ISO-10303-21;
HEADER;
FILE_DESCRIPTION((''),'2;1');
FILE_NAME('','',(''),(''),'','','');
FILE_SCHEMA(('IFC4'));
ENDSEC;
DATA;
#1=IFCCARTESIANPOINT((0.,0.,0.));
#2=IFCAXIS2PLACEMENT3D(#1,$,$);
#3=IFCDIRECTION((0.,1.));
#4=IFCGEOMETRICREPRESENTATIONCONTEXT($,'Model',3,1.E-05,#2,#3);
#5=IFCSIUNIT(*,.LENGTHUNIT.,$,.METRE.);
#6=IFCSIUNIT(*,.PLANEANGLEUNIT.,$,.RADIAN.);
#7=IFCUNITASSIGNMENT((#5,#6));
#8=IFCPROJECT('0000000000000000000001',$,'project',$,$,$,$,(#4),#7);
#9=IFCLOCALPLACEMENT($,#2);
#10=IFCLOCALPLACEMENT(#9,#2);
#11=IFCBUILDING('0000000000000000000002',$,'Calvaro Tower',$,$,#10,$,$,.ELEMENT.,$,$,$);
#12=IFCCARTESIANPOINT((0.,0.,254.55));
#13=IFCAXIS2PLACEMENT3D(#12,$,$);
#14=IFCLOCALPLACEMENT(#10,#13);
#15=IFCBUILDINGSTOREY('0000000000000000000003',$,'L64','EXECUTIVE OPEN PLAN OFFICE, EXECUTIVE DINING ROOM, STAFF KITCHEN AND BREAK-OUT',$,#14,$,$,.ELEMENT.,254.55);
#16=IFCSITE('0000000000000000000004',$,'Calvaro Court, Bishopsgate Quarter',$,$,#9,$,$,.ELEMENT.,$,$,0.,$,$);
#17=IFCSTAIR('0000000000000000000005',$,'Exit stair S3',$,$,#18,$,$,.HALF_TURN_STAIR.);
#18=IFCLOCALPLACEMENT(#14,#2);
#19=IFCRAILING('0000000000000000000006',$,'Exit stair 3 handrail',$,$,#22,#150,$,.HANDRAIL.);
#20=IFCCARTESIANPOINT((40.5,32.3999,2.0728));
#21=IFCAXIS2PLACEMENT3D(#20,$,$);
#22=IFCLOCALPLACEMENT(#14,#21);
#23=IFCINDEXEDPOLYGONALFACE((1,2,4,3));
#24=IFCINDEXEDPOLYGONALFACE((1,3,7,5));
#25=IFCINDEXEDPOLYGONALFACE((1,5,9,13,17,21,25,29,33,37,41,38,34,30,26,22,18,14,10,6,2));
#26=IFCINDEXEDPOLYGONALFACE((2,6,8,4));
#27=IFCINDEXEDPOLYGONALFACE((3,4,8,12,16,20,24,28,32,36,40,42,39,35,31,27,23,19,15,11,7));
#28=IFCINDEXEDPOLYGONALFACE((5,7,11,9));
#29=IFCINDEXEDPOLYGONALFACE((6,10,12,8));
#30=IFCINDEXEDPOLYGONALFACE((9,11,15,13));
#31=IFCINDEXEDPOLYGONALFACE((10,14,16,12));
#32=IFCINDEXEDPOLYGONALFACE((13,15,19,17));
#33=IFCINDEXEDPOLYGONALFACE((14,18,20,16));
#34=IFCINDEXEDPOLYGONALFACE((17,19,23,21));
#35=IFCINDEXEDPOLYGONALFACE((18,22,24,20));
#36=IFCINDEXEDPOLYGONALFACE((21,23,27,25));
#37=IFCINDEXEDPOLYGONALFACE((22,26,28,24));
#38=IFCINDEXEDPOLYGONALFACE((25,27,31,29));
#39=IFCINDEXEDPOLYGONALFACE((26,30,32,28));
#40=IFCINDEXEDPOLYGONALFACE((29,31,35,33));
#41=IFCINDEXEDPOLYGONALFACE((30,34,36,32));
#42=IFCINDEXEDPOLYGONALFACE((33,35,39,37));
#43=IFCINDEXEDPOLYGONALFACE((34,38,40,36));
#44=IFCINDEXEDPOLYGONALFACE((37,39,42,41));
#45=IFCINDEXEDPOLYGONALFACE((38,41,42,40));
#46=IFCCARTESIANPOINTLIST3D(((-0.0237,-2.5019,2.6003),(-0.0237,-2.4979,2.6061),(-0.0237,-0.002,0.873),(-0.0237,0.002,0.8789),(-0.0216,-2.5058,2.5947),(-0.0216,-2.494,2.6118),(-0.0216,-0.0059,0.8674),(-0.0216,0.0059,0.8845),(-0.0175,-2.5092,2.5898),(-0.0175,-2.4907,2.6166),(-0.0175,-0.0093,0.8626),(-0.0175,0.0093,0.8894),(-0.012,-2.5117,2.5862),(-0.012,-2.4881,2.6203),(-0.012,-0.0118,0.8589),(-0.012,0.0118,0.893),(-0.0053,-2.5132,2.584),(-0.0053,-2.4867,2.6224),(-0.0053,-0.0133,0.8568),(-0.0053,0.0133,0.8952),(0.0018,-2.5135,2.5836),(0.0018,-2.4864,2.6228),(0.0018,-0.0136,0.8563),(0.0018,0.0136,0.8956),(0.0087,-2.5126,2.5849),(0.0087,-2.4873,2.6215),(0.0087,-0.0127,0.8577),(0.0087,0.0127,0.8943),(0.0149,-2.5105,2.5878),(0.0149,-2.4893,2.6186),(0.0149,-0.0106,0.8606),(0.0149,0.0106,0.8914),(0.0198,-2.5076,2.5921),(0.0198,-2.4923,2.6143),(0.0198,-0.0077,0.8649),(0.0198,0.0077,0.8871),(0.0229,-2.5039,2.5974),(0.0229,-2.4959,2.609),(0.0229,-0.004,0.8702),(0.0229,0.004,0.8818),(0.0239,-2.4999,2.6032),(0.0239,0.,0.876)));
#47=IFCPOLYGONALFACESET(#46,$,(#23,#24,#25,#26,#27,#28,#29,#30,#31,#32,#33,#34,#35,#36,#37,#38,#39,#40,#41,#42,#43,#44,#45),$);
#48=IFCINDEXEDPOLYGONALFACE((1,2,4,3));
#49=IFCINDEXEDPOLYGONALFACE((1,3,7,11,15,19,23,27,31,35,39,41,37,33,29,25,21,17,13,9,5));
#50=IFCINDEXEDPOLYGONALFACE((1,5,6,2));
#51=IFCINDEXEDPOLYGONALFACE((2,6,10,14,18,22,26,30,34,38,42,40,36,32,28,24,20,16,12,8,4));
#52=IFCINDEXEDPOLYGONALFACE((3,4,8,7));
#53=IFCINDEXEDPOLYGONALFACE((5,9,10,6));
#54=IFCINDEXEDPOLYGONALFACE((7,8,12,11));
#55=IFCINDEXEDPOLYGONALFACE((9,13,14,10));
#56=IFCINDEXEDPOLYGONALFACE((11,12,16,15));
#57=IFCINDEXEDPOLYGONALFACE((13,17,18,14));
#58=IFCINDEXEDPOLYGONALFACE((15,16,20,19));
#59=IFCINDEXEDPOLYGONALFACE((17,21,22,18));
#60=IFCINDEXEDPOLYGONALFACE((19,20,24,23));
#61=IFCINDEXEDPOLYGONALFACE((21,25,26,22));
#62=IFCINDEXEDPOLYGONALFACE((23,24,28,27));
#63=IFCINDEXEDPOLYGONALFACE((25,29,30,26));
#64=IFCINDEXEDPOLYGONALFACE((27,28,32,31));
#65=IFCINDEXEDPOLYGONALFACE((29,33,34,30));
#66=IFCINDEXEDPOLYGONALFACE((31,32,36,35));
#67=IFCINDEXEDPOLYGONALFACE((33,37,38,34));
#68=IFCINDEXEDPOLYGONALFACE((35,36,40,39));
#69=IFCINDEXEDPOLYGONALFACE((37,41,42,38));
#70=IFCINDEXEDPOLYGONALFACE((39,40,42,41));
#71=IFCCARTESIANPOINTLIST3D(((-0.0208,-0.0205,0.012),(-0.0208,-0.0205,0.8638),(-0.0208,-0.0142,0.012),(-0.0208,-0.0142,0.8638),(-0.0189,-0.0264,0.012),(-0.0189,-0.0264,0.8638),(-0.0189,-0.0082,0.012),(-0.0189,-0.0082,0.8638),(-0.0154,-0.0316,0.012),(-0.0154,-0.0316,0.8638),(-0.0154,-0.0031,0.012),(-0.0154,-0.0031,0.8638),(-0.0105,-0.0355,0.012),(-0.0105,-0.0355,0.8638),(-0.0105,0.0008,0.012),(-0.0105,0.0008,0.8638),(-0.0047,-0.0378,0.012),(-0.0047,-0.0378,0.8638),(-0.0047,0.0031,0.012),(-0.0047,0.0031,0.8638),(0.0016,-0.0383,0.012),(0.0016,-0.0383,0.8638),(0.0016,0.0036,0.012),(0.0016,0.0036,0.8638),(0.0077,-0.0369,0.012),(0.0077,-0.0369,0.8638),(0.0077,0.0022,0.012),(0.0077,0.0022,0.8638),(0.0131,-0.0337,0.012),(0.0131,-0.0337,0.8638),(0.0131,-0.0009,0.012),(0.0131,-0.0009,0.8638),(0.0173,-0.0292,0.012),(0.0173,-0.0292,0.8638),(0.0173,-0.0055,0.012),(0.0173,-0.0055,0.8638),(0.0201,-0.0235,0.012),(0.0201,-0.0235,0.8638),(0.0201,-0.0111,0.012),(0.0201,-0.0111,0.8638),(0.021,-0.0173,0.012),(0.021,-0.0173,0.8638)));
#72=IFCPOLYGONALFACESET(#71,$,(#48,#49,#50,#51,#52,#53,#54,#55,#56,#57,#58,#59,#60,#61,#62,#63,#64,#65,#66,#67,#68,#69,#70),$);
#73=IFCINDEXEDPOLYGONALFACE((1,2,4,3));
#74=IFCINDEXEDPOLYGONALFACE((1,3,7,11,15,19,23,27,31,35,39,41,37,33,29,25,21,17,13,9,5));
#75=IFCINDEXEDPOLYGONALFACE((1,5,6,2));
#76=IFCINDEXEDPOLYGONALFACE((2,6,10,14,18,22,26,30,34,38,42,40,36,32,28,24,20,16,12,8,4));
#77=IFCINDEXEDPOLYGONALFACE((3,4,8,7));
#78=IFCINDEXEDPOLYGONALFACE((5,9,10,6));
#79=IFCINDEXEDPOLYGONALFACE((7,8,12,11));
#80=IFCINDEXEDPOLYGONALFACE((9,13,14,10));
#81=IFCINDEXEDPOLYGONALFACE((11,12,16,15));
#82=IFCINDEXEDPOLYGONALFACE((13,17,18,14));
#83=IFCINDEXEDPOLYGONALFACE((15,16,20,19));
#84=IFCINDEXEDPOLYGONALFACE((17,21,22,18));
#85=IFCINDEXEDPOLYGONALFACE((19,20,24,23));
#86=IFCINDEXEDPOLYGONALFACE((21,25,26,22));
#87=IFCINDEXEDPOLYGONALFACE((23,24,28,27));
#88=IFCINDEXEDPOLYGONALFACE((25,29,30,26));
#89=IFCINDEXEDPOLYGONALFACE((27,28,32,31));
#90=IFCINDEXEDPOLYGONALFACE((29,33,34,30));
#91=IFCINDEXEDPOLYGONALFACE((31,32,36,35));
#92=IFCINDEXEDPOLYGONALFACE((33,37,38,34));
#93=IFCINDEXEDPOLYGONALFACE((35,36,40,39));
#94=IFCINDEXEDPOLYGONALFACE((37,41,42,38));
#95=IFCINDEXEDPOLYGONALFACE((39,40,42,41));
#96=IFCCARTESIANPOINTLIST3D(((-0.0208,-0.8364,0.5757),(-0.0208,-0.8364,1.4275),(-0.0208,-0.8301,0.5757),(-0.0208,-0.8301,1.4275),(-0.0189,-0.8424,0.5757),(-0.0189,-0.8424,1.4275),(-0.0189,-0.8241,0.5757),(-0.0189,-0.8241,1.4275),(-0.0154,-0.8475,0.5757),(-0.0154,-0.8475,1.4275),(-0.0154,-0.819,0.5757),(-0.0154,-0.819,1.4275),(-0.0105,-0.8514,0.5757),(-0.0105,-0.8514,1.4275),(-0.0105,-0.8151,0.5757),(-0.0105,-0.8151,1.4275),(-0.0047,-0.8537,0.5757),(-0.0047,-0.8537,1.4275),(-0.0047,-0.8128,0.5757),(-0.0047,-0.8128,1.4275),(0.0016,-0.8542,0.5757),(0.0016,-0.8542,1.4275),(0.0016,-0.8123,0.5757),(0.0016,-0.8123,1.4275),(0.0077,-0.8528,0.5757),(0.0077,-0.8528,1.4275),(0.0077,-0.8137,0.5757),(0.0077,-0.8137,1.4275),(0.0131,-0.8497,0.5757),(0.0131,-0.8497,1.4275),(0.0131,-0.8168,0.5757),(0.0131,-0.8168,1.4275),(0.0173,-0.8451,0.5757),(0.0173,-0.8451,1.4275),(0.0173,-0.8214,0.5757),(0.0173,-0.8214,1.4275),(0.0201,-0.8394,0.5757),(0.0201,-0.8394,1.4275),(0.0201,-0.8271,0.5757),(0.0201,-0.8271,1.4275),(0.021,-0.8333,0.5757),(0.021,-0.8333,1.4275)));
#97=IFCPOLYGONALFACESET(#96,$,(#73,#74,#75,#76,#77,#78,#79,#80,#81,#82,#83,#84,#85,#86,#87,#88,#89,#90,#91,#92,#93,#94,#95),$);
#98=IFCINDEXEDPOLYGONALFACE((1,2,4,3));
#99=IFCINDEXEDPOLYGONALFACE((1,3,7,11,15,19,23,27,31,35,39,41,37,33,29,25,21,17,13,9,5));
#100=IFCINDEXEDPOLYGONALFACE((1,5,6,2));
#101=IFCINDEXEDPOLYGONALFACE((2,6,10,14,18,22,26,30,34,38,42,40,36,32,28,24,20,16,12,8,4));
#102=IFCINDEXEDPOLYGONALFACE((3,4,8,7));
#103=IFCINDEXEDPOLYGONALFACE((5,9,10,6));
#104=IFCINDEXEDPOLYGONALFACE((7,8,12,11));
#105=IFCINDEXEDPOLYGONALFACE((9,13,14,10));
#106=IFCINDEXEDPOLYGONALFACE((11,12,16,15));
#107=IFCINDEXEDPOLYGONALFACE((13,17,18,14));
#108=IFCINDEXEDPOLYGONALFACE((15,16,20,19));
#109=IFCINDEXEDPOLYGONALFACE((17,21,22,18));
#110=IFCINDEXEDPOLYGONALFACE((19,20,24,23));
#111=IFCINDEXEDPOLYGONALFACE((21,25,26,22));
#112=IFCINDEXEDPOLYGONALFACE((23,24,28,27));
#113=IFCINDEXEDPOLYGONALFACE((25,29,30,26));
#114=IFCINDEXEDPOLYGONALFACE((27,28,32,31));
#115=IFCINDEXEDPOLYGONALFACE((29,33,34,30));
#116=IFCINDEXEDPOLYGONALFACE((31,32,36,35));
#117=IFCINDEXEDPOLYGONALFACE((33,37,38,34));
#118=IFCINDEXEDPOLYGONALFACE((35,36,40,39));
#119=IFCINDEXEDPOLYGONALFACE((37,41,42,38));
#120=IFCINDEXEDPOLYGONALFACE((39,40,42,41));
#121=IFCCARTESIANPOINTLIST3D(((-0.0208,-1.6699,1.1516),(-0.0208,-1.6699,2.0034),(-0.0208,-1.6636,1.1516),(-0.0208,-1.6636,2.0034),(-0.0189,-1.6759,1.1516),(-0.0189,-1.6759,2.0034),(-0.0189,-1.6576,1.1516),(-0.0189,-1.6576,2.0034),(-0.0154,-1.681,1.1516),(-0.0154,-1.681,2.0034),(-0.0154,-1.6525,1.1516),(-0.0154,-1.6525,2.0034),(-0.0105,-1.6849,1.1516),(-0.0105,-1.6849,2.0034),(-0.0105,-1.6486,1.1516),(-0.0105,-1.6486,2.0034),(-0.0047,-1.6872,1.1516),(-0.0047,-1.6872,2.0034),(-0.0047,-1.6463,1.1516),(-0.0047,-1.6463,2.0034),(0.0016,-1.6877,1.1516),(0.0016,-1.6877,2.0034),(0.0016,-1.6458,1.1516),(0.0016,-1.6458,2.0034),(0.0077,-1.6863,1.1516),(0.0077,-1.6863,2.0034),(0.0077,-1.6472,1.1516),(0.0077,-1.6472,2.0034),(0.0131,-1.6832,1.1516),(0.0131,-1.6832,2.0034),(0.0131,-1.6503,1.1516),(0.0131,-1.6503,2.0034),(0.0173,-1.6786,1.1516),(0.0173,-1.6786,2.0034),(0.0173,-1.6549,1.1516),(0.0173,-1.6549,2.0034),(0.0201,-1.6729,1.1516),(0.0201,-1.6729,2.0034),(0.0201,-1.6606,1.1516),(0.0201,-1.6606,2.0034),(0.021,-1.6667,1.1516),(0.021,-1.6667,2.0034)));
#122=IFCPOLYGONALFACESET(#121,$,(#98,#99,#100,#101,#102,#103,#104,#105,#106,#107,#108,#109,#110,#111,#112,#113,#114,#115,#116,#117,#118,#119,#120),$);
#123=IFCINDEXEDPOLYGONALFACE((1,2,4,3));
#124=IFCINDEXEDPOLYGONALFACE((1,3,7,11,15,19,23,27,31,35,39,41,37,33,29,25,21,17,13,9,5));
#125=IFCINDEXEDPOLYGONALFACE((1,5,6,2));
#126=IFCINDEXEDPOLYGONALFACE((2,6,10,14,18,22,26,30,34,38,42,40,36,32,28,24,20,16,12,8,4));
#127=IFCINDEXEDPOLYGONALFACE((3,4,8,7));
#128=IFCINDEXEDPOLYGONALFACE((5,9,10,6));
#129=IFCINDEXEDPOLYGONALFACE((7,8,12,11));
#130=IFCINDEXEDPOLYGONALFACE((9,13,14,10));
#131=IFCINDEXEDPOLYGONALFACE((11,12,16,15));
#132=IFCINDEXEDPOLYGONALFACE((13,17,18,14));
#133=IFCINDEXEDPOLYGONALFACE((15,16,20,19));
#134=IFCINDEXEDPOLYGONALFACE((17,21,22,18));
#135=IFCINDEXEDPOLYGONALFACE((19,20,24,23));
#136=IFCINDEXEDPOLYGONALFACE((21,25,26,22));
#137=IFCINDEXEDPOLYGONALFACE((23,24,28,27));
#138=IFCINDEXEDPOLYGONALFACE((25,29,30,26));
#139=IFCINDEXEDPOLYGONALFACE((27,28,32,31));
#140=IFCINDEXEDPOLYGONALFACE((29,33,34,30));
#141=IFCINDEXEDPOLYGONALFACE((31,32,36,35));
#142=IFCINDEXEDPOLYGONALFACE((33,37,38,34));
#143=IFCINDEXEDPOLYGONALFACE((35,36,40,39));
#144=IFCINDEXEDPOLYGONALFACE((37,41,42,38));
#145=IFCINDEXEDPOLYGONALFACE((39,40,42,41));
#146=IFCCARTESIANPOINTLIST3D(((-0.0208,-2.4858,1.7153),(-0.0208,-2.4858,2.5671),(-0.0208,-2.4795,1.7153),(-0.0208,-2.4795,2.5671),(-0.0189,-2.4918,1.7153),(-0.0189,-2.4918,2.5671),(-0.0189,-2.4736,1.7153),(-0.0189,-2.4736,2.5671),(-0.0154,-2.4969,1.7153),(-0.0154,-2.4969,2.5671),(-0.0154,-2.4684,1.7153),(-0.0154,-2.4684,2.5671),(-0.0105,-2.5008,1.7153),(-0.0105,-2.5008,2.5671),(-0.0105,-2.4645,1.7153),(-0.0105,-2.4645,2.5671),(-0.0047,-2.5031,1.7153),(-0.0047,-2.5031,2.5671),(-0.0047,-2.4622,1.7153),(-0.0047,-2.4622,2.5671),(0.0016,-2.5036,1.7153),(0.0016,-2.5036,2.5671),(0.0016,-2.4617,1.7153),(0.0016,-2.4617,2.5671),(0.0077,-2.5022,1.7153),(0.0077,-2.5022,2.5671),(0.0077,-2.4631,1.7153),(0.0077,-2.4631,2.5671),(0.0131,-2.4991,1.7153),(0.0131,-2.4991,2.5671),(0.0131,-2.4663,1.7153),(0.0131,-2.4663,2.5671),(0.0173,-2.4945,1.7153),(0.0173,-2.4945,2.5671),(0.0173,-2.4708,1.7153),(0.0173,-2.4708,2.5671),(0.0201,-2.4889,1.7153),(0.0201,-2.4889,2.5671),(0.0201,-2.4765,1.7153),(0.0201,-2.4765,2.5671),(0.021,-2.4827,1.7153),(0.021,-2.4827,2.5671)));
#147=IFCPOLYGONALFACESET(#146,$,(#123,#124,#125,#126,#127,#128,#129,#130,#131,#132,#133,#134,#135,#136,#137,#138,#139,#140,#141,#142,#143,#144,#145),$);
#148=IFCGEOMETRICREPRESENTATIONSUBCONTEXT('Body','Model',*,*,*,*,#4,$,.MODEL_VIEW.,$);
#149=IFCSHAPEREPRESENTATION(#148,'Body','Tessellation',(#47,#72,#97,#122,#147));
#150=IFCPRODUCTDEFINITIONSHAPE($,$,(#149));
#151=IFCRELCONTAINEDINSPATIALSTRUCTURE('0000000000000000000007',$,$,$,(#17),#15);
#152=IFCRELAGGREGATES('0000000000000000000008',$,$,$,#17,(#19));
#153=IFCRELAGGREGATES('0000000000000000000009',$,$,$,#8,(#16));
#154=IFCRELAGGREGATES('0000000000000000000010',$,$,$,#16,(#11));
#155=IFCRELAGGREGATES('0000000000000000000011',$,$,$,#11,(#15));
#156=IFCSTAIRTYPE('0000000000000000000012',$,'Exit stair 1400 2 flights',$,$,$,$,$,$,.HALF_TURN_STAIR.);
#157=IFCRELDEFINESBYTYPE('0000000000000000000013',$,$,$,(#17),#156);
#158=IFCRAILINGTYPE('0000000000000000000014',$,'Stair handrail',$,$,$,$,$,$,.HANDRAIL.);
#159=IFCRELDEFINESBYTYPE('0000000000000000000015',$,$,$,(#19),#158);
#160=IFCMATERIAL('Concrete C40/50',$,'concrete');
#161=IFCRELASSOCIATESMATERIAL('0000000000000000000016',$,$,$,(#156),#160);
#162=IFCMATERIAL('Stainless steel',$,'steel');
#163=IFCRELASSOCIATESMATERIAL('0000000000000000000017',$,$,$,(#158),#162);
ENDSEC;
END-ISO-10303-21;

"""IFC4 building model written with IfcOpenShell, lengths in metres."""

from ifc_helpers import new_model, si_unit, direction, frame, origin, origin_2d, place, context, subcontext, project, spatial, circle, extrude, material, type_object, element, aggregate, save


model = new_model("IFC4")

# Units and contexts
model_context = context("Model", 3, precision=1e-05, world=origin(), true_north=direction((0.0, 1.0)))
body_context = subcontext(model_context, "Body", "Model", "MODEL_VIEW")
ifc_project = project(units=[si_unit("LENGTHUNIT", "METRE"), si_unit("PLANEANGLEUNIT", "RADIAN")], contexts=[model_context])

# Site, building, storey
site_placement = place(None, origin())
site = spatial("IfcSite", under=ifc_project, at=site_placement, Name="Calvaro Court, Bishopsgate Quarter", CompositionType="ELEMENT", RefElevation=0.0)
building_placement = place(site_placement, origin())
building = spatial("IfcBuilding", under=site, at=building_placement, Name="Calvaro Tower", CompositionType="ELEMENT")
storey_placement = place(building_placement, frame((0.0, 0.0, 254.55)))
storey = spatial("IfcBuildingStorey", under=building, at=storey_placement, Name="L64", Description="EXECUTIVE OPEN PLAN OFFICE, EXECUTIVE DINING ROOM, STAFF KITCHEN AND BREAK-OUT", CompositionType="ELEMENT", Elevation=254.55)

# Stair
ifc_material_1 = material(Name="Concrete C40/50", Category="concrete")
stair_type = type_object("IfcStairType", Name="Exit stair 1400 2 flights", PredefinedType="HALF_TURN_STAIR", material=ifc_material_1)
stair_1_placement = place(storey_placement, origin())
stair_1 = element("IfcStair", 1, at=stair_1_placement, inside=storey, type_object=stair_type, Name="Exit stair S3", PredefinedType="HALF_TURN_STAIR")

# Railing
ifc_material_2 = material(Name="Stainless steel", Category="steel")
railing_type = type_object("IfcRailingType", Name="Stair handrail", PredefinedType="HANDRAIL", material=ifc_material_2)
railing_1_placement = place(storey_placement, frame((40.5, 32.3999, 2.0728)))
railing_1 = element("IfcRailing", 2, at=railing_1_placement, type_object=railing_type, Name="Exit stair 3 handrail", PredefinedType="HANDRAIL", context=body_context, shape_type="SweptSolid", body=[
    extrude(circle(Radius=0.0239, at=origin_2d()), frame((0.0, 0.0, 0.876), z_axis=(0.0, -0.822727, 0.568437), x_axis=(1.0, 0.0, 0.0)), (0.0, 0.0, 1.0), 3.0386),
    extrude(circle(Radius=0.021, at=origin_2d()), frame((0.0, -0.0173, 0.012)), (0.0, 0.0, 1.0), 0.8518),
    extrude(circle(Radius=0.021, at=origin_2d()), frame((0.0, -0.8333, 0.5757)), (0.0, 0.0, 1.0), 0.8518),
    extrude(circle(Radius=0.021, at=origin_2d()), frame((0.0, -1.6667, 1.1516)), (0.0, 0.0, 1.0), 0.8518),
    extrude(circle(Radius=0.021, at=origin_2d()), frame((0.0, -2.4827, 1.7153)), (0.0, 0.0, 1.0), 0.8518),
])
aggregate(stair_1, [railing_1])

save(model, "model.ifc")
